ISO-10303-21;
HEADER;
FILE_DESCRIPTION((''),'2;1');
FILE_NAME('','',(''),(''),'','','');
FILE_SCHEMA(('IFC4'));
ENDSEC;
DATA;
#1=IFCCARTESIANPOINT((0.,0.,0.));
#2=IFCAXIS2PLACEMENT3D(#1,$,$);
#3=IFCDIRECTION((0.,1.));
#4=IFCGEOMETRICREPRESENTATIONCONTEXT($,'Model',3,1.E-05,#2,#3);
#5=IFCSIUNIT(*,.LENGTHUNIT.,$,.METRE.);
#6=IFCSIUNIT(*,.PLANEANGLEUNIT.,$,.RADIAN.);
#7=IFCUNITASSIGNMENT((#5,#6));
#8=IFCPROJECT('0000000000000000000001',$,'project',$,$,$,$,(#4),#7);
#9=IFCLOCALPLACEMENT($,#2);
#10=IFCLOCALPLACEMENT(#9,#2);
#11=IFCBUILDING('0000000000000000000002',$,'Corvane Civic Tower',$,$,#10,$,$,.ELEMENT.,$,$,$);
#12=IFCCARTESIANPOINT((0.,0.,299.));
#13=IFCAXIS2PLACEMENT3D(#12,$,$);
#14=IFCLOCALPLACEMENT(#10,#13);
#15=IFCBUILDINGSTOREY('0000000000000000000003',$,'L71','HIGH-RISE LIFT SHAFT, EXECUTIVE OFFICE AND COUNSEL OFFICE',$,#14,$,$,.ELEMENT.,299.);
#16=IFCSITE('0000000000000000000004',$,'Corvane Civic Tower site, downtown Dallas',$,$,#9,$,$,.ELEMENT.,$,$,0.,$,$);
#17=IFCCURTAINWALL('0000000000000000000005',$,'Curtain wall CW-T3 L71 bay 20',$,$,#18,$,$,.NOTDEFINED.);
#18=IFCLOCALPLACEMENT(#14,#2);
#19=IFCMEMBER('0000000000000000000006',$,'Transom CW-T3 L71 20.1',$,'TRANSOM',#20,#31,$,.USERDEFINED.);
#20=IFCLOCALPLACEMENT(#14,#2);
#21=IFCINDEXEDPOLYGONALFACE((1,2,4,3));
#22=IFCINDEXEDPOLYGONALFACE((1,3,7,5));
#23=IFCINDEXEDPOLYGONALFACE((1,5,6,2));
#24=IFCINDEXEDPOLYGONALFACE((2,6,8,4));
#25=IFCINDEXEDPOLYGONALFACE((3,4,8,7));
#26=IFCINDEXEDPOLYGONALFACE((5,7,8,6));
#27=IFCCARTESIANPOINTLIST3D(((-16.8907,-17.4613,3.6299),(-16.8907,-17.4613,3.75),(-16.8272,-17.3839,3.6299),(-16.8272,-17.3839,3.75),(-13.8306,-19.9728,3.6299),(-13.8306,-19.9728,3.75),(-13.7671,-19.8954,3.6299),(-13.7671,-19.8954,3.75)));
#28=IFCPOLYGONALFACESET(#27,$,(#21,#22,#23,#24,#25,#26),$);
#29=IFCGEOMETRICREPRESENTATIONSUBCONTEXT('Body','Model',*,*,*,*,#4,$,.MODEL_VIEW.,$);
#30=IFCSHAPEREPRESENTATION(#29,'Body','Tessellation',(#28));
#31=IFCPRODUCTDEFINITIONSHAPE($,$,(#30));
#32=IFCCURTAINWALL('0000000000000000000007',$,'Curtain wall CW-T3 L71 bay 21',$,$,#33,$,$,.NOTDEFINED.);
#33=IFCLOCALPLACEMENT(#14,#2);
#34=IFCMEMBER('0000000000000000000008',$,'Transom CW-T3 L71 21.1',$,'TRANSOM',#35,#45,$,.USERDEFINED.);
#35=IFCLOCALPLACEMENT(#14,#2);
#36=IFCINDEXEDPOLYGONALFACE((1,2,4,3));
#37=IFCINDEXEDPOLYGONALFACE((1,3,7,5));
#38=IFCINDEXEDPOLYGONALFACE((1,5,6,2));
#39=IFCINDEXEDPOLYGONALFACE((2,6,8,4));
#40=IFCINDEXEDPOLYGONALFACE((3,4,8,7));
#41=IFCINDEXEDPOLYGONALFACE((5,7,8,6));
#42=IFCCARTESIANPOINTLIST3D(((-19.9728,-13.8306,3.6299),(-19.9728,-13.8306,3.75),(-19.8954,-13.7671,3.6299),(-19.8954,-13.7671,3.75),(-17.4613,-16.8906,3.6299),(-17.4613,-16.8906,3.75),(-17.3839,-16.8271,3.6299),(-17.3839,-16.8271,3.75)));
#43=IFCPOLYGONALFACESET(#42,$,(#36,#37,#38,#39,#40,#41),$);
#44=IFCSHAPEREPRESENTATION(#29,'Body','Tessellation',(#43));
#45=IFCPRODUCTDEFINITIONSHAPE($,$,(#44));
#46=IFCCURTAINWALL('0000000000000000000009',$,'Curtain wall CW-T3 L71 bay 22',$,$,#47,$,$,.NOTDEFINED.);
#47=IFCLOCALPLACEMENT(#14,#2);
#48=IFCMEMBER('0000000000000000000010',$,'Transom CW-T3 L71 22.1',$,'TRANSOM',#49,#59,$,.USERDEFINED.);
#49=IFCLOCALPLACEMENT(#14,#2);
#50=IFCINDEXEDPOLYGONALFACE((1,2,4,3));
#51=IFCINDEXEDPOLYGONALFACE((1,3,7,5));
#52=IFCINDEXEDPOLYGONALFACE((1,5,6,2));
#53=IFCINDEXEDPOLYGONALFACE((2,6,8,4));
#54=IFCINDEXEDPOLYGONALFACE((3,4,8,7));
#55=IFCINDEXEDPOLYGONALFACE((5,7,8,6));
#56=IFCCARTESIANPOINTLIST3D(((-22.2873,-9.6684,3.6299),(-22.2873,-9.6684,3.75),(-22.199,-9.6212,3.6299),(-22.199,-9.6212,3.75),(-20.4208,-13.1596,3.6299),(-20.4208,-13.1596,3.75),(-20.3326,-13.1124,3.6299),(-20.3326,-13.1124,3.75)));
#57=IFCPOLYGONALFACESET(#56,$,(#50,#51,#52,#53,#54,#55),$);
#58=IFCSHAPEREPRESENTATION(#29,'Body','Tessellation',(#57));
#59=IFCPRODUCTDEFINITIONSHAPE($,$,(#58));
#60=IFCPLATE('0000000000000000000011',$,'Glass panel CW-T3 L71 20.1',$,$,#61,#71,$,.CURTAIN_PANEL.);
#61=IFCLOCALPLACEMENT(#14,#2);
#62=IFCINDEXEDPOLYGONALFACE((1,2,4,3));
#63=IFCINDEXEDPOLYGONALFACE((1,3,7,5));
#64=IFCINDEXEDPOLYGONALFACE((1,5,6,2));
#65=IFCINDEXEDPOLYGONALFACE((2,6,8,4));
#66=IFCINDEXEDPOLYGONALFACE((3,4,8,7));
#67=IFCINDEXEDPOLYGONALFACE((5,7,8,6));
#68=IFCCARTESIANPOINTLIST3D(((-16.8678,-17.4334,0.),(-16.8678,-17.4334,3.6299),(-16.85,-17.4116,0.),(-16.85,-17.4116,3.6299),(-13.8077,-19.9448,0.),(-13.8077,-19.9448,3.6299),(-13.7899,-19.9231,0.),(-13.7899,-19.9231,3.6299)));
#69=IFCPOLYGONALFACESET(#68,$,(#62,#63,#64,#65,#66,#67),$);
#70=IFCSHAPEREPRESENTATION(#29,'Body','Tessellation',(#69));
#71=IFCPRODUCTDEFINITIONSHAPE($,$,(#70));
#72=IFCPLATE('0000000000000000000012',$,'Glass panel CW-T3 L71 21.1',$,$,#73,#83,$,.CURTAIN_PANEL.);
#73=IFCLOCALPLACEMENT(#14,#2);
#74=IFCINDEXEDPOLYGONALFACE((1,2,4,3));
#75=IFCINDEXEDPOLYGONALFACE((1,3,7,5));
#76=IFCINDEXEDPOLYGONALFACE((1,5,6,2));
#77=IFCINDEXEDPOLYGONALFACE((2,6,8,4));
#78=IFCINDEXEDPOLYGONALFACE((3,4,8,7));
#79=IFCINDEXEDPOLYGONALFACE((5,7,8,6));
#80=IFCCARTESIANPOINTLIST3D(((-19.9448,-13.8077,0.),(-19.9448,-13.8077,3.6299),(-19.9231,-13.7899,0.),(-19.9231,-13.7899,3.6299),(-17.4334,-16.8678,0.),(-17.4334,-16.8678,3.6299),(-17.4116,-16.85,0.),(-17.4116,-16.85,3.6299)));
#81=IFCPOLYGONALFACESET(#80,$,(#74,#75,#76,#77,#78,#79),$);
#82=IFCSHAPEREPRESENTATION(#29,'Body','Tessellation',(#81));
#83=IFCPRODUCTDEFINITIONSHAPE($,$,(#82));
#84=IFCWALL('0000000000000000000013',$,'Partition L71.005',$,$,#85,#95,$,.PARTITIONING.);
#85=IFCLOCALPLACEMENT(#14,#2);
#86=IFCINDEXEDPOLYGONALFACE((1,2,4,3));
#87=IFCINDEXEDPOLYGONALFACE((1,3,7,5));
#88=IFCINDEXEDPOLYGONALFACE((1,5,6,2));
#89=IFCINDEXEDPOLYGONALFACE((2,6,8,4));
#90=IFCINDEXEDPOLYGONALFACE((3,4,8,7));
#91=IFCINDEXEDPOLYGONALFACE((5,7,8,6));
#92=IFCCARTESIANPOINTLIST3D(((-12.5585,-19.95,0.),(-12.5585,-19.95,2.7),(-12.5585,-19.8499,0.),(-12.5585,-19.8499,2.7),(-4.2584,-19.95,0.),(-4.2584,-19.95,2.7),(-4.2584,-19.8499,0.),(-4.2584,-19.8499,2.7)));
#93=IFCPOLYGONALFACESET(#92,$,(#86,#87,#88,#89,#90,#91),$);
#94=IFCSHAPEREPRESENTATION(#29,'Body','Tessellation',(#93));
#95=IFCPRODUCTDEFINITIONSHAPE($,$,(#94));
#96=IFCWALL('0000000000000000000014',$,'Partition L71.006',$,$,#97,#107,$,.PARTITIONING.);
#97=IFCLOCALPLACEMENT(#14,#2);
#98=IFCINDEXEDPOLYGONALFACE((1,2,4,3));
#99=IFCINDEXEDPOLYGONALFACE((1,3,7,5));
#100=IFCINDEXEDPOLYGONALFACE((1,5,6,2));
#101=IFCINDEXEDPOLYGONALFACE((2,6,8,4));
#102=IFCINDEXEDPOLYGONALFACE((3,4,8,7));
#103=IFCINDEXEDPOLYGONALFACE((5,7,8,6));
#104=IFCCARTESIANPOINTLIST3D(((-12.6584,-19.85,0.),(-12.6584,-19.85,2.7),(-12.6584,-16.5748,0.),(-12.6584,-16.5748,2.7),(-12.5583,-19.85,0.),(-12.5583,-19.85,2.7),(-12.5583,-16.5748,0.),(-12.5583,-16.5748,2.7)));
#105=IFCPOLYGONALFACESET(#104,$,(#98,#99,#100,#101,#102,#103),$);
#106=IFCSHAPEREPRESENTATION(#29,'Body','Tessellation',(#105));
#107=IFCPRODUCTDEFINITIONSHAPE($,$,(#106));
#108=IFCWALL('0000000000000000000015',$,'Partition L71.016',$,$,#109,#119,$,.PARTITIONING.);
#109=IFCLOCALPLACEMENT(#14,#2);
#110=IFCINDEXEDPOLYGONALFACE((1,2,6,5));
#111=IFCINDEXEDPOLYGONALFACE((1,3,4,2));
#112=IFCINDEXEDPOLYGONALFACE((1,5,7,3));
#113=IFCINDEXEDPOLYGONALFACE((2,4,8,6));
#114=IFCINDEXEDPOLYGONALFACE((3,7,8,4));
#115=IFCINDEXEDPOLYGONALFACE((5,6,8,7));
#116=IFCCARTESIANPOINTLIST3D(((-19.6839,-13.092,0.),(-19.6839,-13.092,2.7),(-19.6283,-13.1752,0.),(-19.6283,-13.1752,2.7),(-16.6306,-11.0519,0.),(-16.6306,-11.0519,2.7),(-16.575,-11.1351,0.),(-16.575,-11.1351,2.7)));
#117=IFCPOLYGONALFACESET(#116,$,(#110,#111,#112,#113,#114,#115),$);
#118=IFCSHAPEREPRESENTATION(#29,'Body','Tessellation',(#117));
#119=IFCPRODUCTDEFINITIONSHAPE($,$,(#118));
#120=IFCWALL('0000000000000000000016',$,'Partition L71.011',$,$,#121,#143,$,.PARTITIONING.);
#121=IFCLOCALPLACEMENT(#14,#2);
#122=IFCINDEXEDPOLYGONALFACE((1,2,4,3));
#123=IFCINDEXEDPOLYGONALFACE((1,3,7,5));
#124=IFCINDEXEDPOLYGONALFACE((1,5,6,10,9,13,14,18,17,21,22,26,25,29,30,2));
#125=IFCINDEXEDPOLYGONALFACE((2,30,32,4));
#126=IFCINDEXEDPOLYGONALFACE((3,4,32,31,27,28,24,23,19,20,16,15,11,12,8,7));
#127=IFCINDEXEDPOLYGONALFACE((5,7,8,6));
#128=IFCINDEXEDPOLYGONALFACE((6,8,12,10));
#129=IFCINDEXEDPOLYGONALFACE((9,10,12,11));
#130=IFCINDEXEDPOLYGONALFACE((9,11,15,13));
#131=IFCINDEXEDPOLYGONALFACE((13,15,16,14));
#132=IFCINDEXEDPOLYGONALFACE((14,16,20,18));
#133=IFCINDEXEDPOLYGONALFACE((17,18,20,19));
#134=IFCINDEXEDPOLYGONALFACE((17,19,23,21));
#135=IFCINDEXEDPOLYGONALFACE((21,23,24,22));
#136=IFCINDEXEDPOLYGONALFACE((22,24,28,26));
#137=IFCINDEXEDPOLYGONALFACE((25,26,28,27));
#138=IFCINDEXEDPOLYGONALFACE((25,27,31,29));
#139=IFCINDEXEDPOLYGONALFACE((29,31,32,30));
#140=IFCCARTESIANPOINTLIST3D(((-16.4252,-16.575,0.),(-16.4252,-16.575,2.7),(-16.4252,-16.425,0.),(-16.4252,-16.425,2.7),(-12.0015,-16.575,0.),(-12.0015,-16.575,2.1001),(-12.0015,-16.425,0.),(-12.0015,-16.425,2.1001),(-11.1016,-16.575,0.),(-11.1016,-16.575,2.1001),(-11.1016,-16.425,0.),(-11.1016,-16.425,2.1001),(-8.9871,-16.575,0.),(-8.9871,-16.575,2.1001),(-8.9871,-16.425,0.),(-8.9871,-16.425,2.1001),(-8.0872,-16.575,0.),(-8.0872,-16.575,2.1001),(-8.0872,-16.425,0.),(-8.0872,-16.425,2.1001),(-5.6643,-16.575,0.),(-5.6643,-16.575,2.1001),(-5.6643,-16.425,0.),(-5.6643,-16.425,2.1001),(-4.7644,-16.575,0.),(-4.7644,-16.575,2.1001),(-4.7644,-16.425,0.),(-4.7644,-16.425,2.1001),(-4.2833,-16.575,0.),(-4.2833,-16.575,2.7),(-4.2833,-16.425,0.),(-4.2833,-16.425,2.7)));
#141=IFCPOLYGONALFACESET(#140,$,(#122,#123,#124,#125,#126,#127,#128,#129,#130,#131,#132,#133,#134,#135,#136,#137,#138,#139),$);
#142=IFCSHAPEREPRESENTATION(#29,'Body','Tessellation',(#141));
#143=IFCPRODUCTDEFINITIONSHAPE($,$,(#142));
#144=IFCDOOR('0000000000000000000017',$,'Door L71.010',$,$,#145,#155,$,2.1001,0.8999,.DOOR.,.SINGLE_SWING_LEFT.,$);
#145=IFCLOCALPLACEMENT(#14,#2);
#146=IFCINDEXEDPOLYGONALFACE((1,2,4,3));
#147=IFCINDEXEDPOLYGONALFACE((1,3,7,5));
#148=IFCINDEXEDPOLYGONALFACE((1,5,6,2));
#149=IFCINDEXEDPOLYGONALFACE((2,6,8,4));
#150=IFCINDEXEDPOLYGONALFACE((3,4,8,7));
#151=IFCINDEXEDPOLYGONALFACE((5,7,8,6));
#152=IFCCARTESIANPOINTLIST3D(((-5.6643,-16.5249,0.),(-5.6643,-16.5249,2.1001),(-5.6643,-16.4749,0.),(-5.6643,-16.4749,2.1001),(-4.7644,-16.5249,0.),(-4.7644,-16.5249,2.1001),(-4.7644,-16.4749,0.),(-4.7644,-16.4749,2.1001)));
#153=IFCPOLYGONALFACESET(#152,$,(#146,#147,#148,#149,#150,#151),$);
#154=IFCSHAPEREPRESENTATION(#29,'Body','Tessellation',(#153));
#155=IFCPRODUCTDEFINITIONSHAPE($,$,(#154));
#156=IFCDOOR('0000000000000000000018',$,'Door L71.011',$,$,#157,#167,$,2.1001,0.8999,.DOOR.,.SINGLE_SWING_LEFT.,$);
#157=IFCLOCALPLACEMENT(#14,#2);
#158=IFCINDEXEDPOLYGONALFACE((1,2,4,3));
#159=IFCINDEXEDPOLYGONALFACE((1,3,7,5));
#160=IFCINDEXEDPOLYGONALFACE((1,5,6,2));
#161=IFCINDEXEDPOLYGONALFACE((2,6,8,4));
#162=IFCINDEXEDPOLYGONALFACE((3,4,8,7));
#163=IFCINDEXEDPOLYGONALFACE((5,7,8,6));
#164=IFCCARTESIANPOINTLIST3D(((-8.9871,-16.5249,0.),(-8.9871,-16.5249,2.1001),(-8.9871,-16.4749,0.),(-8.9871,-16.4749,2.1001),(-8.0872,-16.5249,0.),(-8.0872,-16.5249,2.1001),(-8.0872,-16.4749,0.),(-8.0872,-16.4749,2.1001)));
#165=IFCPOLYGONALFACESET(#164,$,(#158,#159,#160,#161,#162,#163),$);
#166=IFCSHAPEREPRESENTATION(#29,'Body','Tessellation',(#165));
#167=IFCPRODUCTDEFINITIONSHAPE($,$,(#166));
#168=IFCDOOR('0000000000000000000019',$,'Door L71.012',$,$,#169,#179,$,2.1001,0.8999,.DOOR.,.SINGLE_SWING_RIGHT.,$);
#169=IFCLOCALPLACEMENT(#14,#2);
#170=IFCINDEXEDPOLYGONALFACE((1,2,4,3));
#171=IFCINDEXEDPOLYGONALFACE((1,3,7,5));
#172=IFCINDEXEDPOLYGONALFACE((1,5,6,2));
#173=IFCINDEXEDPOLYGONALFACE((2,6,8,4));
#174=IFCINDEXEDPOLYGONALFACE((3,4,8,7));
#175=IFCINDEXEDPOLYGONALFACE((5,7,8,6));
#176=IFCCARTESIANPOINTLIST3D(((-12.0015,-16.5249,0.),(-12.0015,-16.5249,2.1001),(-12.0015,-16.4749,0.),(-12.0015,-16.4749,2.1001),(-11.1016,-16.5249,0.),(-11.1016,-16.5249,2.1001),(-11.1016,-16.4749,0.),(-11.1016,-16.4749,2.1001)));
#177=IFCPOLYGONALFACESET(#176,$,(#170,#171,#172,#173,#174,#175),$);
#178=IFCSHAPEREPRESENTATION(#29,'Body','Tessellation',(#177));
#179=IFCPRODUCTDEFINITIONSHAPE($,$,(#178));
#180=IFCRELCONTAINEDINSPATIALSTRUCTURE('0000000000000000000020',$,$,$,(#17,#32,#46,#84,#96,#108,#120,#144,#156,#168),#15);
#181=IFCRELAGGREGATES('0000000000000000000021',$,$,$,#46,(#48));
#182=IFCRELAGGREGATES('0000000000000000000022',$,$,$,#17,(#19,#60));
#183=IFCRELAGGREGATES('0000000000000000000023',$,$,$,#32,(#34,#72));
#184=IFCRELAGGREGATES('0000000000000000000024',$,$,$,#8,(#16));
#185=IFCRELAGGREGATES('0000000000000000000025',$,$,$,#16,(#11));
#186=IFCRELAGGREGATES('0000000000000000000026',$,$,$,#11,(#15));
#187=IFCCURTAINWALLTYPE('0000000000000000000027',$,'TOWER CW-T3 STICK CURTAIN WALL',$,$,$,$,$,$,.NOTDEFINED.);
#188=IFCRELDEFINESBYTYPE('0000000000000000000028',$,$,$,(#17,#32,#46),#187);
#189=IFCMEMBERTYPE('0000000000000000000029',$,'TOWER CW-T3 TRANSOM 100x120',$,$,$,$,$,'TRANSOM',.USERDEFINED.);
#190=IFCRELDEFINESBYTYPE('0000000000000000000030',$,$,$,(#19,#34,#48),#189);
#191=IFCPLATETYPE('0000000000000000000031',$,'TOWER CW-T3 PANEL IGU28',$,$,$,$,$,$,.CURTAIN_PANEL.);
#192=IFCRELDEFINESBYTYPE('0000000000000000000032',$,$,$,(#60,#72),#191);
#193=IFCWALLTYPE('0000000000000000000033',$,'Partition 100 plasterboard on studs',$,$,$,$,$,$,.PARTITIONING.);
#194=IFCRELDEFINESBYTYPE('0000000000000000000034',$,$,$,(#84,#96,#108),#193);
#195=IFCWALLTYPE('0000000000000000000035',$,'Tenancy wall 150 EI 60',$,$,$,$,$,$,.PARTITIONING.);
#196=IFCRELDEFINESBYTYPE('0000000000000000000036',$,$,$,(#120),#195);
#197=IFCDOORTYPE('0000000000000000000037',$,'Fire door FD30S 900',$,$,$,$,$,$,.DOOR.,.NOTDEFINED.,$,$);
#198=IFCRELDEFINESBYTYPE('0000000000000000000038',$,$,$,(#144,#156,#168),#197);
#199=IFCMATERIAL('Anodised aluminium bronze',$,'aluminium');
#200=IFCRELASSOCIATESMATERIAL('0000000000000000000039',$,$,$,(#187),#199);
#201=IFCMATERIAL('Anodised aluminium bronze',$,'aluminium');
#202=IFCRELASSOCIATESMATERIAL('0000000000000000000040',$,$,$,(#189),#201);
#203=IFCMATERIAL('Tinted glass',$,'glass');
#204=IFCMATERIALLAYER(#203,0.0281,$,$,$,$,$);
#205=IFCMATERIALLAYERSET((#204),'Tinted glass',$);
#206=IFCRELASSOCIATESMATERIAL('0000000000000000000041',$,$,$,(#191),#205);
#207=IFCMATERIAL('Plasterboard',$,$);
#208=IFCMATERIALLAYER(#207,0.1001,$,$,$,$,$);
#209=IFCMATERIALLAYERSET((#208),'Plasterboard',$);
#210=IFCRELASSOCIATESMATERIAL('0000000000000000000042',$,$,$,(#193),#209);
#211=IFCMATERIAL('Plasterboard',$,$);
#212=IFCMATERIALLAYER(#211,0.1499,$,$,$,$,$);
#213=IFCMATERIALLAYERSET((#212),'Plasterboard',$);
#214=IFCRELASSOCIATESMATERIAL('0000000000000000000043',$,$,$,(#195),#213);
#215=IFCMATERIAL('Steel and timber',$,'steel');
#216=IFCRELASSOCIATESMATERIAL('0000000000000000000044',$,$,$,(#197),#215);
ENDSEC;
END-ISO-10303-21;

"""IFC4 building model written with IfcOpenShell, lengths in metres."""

from ifc_helpers import new_model, si_unit, direction, frame, frame_2d, origin, origin_2d, place, context, subcontext, project, spatial, rectangle, extrude, material, layer, layer_set, material_profile, profile_set, type_object, element, fill, aggregate, save


model = new_model("IFC4")

# Units and contexts
model_context = context("Model", 3, precision=1e-05, world=origin(), true_north=direction((0.0, 1.0)))
body_context = subcontext(model_context, "Body", "Model", "MODEL_VIEW")
ifc_project = project(units=[si_unit("LENGTHUNIT", "METRE"), si_unit("PLANEANGLEUNIT", "RADIAN")], contexts=[model_context])

# Site, building, storey
site_placement = place(None, origin())
site = spatial("IfcSite", under=ifc_project, at=site_placement, Name="Corvane Civic Tower site, downtown Dallas", CompositionType="ELEMENT", RefElevation=0.0)
building_placement = place(site_placement, origin())
building = spatial("IfcBuilding", under=site, at=building_placement, Name="Corvane Civic Tower", CompositionType="ELEMENT")
storey_placement = place(building_placement, frame((0.0, 0.0, 299.0)))
storey = spatial("IfcBuildingStorey", under=building, at=storey_placement, Name="L71", Description="HIGH-RISE LIFT SHAFT, EXECUTIVE OFFICE AND COUNSEL OFFICE", CompositionType="ELEMENT", Elevation=299.0)

# Curtain walls, members
ifc_material_1 = material(Name="Anodised aluminium bronze", Category="aluminium")
curtain_wall_type = type_object("IfcCurtainWallType", Name="TOWER CW-T3 STICK CURTAIN WALL", PredefinedType="NOTDEFINED", material=ifc_material_1)
curtain_wall_1_placement = place(storey_placement, origin())
curtain_wall_1 = element("IfcCurtainWall", 1, at=curtain_wall_1_placement, inside=storey, type_object=curtain_wall_type, Name="Curtain wall CW-T3 L71 bay 20", PredefinedType="NOTDEFINED")
ifc_material_2 = material(Name="Anodised aluminium bronze", Category="aluminium")
ifc_material_profile_1 = material_profile(ifc_material_2, rectangle(XDim=0.1001, YDim=0.1201, at=origin_2d()), Name="TOWER CW-T3 TRANSOM 100x120")
ifc_profile_set_1 = profile_set([ifc_material_profile_1], Name="Anodised aluminium bronze")
member_type = type_object("IfcMemberType", Name="TOWER CW-T3 TRANSOM 100x120", ElementType="TRANSOM", PredefinedType="USERDEFINED", material=ifc_profile_set_1)
member_1_placement = place(storey_placement, frame((-13.7988, -19.9341, 3.6899), z_axis=(-0.772992, 0.634416, 0.0), x_axis=(-0.634416, -0.772992, 0.0)))
member_1 = element("IfcMember", 2, at=member_1_placement, type_object=member_type, Name="Transom CW-T3 L71 20.1", ObjectType="TRANSOM", PredefinedType="USERDEFINED", context=body_context, shape_type="SweptSolid", body=[
    extrude(rectangle(XDim=0.1001, YDim=0.1201, at=origin_2d()), origin(), (0.0, 0.0, 1.0), 3.9587),
])
curtain_wall_2_placement = place(storey_placement, origin())
curtain_wall_2 = element("IfcCurtainWall", 3, at=curtain_wall_2_placement, inside=storey, type_object=curtain_wall_type, Name="Curtain wall CW-T3 L71 bay 21", PredefinedType="NOTDEFINED")
member_2_placement = place(storey_placement, frame((-17.4226, -16.8589, 3.6899), z_axis=(-0.634416, 0.772992, 0.0), x_axis=(-0.772992, -0.634416, 0.0)))
member_2 = element("IfcMember", 4, at=member_2_placement, type_object=member_type, Name="Transom CW-T3 L71 21.1", ObjectType="TRANSOM", PredefinedType="USERDEFINED", context=body_context, shape_type="SweptSolid", body=[
    extrude(rectangle(XDim=0.1001, YDim=0.1201, at=origin_2d()), origin(), (0.0, 0.0, 1.0), 3.9587),
])
curtain_wall_3_placement = place(storey_placement, origin())
curtain_wall_3 = element("IfcCurtainWall", 5, at=curtain_wall_3_placement, inside=storey, type_object=curtain_wall_type, Name="Curtain wall CW-T3 L71 bay 22", PredefinedType="NOTDEFINED")
member_3_placement = place(storey_placement, frame((-20.3767, -13.136, 3.6899), z_axis=(-0.471468, 0.881883, 0.0), x_axis=(-0.881883, -0.471468, 0.0)))
member_3 = element("IfcMember", 6, at=member_3_placement, type_object=member_type, Name="Transom CW-T3 L71 22.1", ObjectType="TRANSOM", PredefinedType="USERDEFINED", context=body_context, shape_type="SweptSolid", body=[
    extrude(rectangle(XDim=0.1001, YDim=0.1201, at=origin_2d()), origin(), (0.0, 0.0, 1.0), 3.9587),
])
aggregate(curtain_wall_3, [member_3])

# Plates
ifc_material_3 = material(Name="Tinted glass", Category="glass")
ifc_layer_1 = layer(ifc_material_3, 0.0281)
ifc_layer_set_1 = layer_set([ifc_layer_1], Name="Tinted glass")
plate_type = type_object("IfcPlateType", Name="TOWER CW-T3 PANEL IGU28", PredefinedType="CURTAIN_PANEL", material=ifc_layer_set_1)
plate_1_placement = place(storey_placement, frame((-15.3289, -18.6782, 0.0), z_axis=(0.0, 0.0, 1.0), x_axis=(-0.773001, 0.634405, 0.0)))
plate_1 = element("IfcPlate", 7, at=plate_1_placement, type_object=plate_type, Name="Glass panel CW-T3 L71 20.1", PredefinedType="CURTAIN_PANEL", context=body_context, shape_type="SweptSolid", body=[
    extrude(rectangle(XDim=3.9587, YDim=0.0281, at=origin_2d()), origin(), (0.0, 0.0, 1.0), 3.6299),
])
aggregate(curtain_wall_1, [member_1, plate_1])
plate_2_placement = place(storey_placement, frame((-18.6782, -15.3289, 0.0), z_axis=(0.0, 0.0, 1.0), x_axis=(-0.634405, 0.773001, 0.0)))
plate_2 = element("IfcPlate", 8, at=plate_2_placement, type_object=plate_type, Name="Glass panel CW-T3 L71 21.1", PredefinedType="CURTAIN_PANEL", context=body_context, shape_type="SweptSolid", body=[
    extrude(rectangle(XDim=3.9587, YDim=0.0281, at=origin_2d()), origin(), (0.0, 0.0, 1.0), 3.6299),
])
aggregate(curtain_wall_2, [member_2, plate_2])

# Walls
ifc_material_4 = material(Name="Plasterboard")
ifc_layer_2 = layer(ifc_material_4, 0.1001)
ifc_layer_set_2 = layer_set([ifc_layer_2], Name="Plasterboard")
wall_type_1 = type_object("IfcWallType", Name="Partition 100 plasterboard on studs", PredefinedType="PARTITIONING", material=ifc_layer_set_2)
wall_1_placement = place(storey_placement, frame((-12.5583, -19.8999, 0.0), z_axis=(0.0, 0.0, 1.0), x_axis=(1.0, 0.0, 0.0)))
element("IfcWall", 9, at=wall_1_placement, inside=storey, type_object=wall_type_1, Name="Partition L71.005", PredefinedType="PARTITIONING", context=body_context, shape_type="SweptSolid", body=[
    extrude(rectangle(XDim=8.3, YDim=0.1001, at=frame_2d((4.1499, 0.0))), origin(), (0.0, 0.0, 1.0), 2.7),
])
wall_2_placement = place(storey_placement, frame((-12.6084, -19.8501, 0.0), z_axis=(0.0, 0.0, 1.0), x_axis=(0.0, 1.0, 0.0)))
element("IfcWall", 10, at=wall_2_placement, inside=storey, type_object=wall_type_1, Name="Partition L71.006", PredefinedType="PARTITIONING", context=body_context, shape_type="SweptSolid", body=[
    extrude(rectangle(XDim=3.2751, YDim=0.1001, at=frame_2d((1.6377, 0.0))), origin(), (0.0, 0.0, 1.0), 2.7),
])
wall_3_placement = place(storey_placement, frame((-19.656, -13.1335, 0.0), z_axis=(0.0, 0.0, 1.0), x_axis=(0.831477, 0.555559, 0.0)))
element("IfcWall", 11, at=wall_3_placement, inside=storey, type_object=wall_type_1, Name="Partition L71.016", PredefinedType="PARTITIONING", context=body_context, shape_type="SweptSolid", body=[
    extrude(rectangle(XDim=3.6721, YDim=0.1001, at=frame_2d((1.8359, 0.0))), origin(), (0.0, 0.0, 1.0), 2.7),
])

# Wall, openings, doors
ifc_material_5 = material(Name="Plasterboard")
ifc_layer_3 = layer(ifc_material_5, 0.1499)
ifc_layer_set_3 = layer_set([ifc_layer_3], Name="Plasterboard")
wall_type_2 = type_object("IfcWallType", Name="Tenancy wall 150 EI 60", PredefinedType="PARTITIONING", material=ifc_layer_set_3)
wall_4_placement = place(storey_placement, frame((-16.425, -16.5, 0.0), z_axis=(0.0, 0.0, 1.0), x_axis=(1.0, 0.0, 0.0)))
wall_4 = element("IfcWall", 12, at=wall_4_placement, inside=storey, type_object=wall_type_2, Name="Partition L71.011", PredefinedType="PARTITIONING", context=body_context, shape_type="SweptSolid", body=[
    extrude(rectangle(XDim=12.1418, YDim=0.1499, at=frame_2d((6.0708, 0.0))), origin(), (0.0, 0.0, 1.0), 2.7),
])
opening_1_placement = place(wall_4_placement, frame((10.7607, 0.0, 0.0)))
opening_1 = element("IfcOpeningElement", 13, at=opening_1_placement, cuts=wall_4, PredefinedType="OPENING", context=body_context, shape_type="SweptSolid", body=[
    extrude(rectangle(XDim=0.8999, YDim=2.1001, at=frame_2d((0.45, 1.05))), frame((0.0, 0.085, 0.0), z_axis=(0.0, -1.0, 0.0), x_axis=(1.0, 0.0, 0.0)), (0.0, 0.0, 1.0), 0.1699),
])
opening_2_placement = place(wall_4_placement, frame((7.438, 0.0, 0.0)))
opening_2 = element("IfcOpeningElement", 14, at=opening_2_placement, cuts=wall_4, PredefinedType="OPENING", context=body_context, shape_type="SweptSolid", body=[
    extrude(rectangle(XDim=0.8999, YDim=2.1001, at=frame_2d((0.45, 1.05))), frame((0.0, 0.085, 0.0), z_axis=(0.0, -1.0, 0.0), x_axis=(1.0, 0.0, 0.0)), (0.0, 0.0, 1.0), 0.1699),
])
opening_3_placement = place(wall_4_placement, frame((4.4236, 0.0, 0.0)))
opening_3 = element("IfcOpeningElement", 15, at=opening_3_placement, cuts=wall_4, PredefinedType="OPENING", context=body_context, shape_type="SweptSolid", body=[
    extrude(rectangle(XDim=0.8999, YDim=2.1001, at=frame_2d((0.45, 1.05))), frame((0.0, 0.085, 0.0), z_axis=(0.0, -1.0, 0.0), x_axis=(1.0, 0.0, 0.0)), (0.0, 0.0, 1.0), 0.1699),
])
ifc_material_6 = material(Name="Steel and timber", Category="steel")
door_type_1 = type_object("IfcDoorType", Name="Fire door FD30S 900", OperationType="NOTDEFINED", PredefinedType="DOOR", material=ifc_material_6)
door_1_placement = place(opening_1_placement, frame((0.8999, 0.0, 0.0), z_axis=(0.0, 0.0, 1.0), x_axis=(-1.0, 0.0, 0.0)))
door_1 = element("IfcDoor", 16, at=door_1_placement, inside=storey, type_object=door_type_1, Name="Door L71.010", OperationType="SINGLE_SWING_LEFT", OverallHeight=2.1001, OverallWidth=0.8999, PredefinedType="DOOR", context=body_context, shape_type="SweptSolid", body=[
    extrude(rectangle(XDim=0.8999, YDim=2.1001, at=frame_2d((0.45, 1.05))), frame((0.0, 0.0249, 0.0), z_axis=(0.0, -1.0, 0.0), x_axis=(1.0, 0.0, 0.0)), (0.0, 0.0, 1.0), 0.05),
])
fill(opening_1, door_1)
door_2_placement = place(opening_2_placement, frame((0.8999, 0.0, 0.0), z_axis=(0.0, 0.0, 1.0), x_axis=(-1.0, 0.0, 0.0)))
door_2 = element("IfcDoor", 17, at=door_2_placement, inside=storey, type_object=door_type_1, Name="Door L71.011", OperationType="SINGLE_SWING_LEFT", OverallHeight=2.1001, OverallWidth=0.8999, PredefinedType="DOOR", context=body_context, shape_type="SweptSolid", body=[
    extrude(rectangle(XDim=0.8999, YDim=2.1001, at=frame_2d((0.45, 1.05))), frame((0.0, 0.0249, 0.0), z_axis=(0.0, -1.0, 0.0), x_axis=(1.0, 0.0, 0.0)), (0.0, 0.0, 1.0), 0.05),
])
fill(opening_2, door_2)
door_3_placement = place(opening_3_placement, frame((0.8999, 0.0, 0.0), z_axis=(0.0, 0.0, 1.0), x_axis=(-1.0, 0.0, 0.0)))
door_3 = element("IfcDoor", 18, at=door_3_placement, inside=storey, type_object=door_type_1, Name="Door L71.012", OperationType="SINGLE_SWING_RIGHT", OverallHeight=2.1001, OverallWidth=0.8999, PredefinedType="DOOR", context=body_context, shape_type="SweptSolid", body=[
    extrude(rectangle(XDim=0.8999, YDim=2.1001, at=frame_2d((0.45, 1.05))), frame((0.0, 0.0249, 0.0), z_axis=(0.0, -1.0, 0.0), x_axis=(1.0, 0.0, 0.0)), (0.0, 0.0, 1.0), 0.05),
])
fill(opening_3, door_3)

save(model, "model.ifc")
